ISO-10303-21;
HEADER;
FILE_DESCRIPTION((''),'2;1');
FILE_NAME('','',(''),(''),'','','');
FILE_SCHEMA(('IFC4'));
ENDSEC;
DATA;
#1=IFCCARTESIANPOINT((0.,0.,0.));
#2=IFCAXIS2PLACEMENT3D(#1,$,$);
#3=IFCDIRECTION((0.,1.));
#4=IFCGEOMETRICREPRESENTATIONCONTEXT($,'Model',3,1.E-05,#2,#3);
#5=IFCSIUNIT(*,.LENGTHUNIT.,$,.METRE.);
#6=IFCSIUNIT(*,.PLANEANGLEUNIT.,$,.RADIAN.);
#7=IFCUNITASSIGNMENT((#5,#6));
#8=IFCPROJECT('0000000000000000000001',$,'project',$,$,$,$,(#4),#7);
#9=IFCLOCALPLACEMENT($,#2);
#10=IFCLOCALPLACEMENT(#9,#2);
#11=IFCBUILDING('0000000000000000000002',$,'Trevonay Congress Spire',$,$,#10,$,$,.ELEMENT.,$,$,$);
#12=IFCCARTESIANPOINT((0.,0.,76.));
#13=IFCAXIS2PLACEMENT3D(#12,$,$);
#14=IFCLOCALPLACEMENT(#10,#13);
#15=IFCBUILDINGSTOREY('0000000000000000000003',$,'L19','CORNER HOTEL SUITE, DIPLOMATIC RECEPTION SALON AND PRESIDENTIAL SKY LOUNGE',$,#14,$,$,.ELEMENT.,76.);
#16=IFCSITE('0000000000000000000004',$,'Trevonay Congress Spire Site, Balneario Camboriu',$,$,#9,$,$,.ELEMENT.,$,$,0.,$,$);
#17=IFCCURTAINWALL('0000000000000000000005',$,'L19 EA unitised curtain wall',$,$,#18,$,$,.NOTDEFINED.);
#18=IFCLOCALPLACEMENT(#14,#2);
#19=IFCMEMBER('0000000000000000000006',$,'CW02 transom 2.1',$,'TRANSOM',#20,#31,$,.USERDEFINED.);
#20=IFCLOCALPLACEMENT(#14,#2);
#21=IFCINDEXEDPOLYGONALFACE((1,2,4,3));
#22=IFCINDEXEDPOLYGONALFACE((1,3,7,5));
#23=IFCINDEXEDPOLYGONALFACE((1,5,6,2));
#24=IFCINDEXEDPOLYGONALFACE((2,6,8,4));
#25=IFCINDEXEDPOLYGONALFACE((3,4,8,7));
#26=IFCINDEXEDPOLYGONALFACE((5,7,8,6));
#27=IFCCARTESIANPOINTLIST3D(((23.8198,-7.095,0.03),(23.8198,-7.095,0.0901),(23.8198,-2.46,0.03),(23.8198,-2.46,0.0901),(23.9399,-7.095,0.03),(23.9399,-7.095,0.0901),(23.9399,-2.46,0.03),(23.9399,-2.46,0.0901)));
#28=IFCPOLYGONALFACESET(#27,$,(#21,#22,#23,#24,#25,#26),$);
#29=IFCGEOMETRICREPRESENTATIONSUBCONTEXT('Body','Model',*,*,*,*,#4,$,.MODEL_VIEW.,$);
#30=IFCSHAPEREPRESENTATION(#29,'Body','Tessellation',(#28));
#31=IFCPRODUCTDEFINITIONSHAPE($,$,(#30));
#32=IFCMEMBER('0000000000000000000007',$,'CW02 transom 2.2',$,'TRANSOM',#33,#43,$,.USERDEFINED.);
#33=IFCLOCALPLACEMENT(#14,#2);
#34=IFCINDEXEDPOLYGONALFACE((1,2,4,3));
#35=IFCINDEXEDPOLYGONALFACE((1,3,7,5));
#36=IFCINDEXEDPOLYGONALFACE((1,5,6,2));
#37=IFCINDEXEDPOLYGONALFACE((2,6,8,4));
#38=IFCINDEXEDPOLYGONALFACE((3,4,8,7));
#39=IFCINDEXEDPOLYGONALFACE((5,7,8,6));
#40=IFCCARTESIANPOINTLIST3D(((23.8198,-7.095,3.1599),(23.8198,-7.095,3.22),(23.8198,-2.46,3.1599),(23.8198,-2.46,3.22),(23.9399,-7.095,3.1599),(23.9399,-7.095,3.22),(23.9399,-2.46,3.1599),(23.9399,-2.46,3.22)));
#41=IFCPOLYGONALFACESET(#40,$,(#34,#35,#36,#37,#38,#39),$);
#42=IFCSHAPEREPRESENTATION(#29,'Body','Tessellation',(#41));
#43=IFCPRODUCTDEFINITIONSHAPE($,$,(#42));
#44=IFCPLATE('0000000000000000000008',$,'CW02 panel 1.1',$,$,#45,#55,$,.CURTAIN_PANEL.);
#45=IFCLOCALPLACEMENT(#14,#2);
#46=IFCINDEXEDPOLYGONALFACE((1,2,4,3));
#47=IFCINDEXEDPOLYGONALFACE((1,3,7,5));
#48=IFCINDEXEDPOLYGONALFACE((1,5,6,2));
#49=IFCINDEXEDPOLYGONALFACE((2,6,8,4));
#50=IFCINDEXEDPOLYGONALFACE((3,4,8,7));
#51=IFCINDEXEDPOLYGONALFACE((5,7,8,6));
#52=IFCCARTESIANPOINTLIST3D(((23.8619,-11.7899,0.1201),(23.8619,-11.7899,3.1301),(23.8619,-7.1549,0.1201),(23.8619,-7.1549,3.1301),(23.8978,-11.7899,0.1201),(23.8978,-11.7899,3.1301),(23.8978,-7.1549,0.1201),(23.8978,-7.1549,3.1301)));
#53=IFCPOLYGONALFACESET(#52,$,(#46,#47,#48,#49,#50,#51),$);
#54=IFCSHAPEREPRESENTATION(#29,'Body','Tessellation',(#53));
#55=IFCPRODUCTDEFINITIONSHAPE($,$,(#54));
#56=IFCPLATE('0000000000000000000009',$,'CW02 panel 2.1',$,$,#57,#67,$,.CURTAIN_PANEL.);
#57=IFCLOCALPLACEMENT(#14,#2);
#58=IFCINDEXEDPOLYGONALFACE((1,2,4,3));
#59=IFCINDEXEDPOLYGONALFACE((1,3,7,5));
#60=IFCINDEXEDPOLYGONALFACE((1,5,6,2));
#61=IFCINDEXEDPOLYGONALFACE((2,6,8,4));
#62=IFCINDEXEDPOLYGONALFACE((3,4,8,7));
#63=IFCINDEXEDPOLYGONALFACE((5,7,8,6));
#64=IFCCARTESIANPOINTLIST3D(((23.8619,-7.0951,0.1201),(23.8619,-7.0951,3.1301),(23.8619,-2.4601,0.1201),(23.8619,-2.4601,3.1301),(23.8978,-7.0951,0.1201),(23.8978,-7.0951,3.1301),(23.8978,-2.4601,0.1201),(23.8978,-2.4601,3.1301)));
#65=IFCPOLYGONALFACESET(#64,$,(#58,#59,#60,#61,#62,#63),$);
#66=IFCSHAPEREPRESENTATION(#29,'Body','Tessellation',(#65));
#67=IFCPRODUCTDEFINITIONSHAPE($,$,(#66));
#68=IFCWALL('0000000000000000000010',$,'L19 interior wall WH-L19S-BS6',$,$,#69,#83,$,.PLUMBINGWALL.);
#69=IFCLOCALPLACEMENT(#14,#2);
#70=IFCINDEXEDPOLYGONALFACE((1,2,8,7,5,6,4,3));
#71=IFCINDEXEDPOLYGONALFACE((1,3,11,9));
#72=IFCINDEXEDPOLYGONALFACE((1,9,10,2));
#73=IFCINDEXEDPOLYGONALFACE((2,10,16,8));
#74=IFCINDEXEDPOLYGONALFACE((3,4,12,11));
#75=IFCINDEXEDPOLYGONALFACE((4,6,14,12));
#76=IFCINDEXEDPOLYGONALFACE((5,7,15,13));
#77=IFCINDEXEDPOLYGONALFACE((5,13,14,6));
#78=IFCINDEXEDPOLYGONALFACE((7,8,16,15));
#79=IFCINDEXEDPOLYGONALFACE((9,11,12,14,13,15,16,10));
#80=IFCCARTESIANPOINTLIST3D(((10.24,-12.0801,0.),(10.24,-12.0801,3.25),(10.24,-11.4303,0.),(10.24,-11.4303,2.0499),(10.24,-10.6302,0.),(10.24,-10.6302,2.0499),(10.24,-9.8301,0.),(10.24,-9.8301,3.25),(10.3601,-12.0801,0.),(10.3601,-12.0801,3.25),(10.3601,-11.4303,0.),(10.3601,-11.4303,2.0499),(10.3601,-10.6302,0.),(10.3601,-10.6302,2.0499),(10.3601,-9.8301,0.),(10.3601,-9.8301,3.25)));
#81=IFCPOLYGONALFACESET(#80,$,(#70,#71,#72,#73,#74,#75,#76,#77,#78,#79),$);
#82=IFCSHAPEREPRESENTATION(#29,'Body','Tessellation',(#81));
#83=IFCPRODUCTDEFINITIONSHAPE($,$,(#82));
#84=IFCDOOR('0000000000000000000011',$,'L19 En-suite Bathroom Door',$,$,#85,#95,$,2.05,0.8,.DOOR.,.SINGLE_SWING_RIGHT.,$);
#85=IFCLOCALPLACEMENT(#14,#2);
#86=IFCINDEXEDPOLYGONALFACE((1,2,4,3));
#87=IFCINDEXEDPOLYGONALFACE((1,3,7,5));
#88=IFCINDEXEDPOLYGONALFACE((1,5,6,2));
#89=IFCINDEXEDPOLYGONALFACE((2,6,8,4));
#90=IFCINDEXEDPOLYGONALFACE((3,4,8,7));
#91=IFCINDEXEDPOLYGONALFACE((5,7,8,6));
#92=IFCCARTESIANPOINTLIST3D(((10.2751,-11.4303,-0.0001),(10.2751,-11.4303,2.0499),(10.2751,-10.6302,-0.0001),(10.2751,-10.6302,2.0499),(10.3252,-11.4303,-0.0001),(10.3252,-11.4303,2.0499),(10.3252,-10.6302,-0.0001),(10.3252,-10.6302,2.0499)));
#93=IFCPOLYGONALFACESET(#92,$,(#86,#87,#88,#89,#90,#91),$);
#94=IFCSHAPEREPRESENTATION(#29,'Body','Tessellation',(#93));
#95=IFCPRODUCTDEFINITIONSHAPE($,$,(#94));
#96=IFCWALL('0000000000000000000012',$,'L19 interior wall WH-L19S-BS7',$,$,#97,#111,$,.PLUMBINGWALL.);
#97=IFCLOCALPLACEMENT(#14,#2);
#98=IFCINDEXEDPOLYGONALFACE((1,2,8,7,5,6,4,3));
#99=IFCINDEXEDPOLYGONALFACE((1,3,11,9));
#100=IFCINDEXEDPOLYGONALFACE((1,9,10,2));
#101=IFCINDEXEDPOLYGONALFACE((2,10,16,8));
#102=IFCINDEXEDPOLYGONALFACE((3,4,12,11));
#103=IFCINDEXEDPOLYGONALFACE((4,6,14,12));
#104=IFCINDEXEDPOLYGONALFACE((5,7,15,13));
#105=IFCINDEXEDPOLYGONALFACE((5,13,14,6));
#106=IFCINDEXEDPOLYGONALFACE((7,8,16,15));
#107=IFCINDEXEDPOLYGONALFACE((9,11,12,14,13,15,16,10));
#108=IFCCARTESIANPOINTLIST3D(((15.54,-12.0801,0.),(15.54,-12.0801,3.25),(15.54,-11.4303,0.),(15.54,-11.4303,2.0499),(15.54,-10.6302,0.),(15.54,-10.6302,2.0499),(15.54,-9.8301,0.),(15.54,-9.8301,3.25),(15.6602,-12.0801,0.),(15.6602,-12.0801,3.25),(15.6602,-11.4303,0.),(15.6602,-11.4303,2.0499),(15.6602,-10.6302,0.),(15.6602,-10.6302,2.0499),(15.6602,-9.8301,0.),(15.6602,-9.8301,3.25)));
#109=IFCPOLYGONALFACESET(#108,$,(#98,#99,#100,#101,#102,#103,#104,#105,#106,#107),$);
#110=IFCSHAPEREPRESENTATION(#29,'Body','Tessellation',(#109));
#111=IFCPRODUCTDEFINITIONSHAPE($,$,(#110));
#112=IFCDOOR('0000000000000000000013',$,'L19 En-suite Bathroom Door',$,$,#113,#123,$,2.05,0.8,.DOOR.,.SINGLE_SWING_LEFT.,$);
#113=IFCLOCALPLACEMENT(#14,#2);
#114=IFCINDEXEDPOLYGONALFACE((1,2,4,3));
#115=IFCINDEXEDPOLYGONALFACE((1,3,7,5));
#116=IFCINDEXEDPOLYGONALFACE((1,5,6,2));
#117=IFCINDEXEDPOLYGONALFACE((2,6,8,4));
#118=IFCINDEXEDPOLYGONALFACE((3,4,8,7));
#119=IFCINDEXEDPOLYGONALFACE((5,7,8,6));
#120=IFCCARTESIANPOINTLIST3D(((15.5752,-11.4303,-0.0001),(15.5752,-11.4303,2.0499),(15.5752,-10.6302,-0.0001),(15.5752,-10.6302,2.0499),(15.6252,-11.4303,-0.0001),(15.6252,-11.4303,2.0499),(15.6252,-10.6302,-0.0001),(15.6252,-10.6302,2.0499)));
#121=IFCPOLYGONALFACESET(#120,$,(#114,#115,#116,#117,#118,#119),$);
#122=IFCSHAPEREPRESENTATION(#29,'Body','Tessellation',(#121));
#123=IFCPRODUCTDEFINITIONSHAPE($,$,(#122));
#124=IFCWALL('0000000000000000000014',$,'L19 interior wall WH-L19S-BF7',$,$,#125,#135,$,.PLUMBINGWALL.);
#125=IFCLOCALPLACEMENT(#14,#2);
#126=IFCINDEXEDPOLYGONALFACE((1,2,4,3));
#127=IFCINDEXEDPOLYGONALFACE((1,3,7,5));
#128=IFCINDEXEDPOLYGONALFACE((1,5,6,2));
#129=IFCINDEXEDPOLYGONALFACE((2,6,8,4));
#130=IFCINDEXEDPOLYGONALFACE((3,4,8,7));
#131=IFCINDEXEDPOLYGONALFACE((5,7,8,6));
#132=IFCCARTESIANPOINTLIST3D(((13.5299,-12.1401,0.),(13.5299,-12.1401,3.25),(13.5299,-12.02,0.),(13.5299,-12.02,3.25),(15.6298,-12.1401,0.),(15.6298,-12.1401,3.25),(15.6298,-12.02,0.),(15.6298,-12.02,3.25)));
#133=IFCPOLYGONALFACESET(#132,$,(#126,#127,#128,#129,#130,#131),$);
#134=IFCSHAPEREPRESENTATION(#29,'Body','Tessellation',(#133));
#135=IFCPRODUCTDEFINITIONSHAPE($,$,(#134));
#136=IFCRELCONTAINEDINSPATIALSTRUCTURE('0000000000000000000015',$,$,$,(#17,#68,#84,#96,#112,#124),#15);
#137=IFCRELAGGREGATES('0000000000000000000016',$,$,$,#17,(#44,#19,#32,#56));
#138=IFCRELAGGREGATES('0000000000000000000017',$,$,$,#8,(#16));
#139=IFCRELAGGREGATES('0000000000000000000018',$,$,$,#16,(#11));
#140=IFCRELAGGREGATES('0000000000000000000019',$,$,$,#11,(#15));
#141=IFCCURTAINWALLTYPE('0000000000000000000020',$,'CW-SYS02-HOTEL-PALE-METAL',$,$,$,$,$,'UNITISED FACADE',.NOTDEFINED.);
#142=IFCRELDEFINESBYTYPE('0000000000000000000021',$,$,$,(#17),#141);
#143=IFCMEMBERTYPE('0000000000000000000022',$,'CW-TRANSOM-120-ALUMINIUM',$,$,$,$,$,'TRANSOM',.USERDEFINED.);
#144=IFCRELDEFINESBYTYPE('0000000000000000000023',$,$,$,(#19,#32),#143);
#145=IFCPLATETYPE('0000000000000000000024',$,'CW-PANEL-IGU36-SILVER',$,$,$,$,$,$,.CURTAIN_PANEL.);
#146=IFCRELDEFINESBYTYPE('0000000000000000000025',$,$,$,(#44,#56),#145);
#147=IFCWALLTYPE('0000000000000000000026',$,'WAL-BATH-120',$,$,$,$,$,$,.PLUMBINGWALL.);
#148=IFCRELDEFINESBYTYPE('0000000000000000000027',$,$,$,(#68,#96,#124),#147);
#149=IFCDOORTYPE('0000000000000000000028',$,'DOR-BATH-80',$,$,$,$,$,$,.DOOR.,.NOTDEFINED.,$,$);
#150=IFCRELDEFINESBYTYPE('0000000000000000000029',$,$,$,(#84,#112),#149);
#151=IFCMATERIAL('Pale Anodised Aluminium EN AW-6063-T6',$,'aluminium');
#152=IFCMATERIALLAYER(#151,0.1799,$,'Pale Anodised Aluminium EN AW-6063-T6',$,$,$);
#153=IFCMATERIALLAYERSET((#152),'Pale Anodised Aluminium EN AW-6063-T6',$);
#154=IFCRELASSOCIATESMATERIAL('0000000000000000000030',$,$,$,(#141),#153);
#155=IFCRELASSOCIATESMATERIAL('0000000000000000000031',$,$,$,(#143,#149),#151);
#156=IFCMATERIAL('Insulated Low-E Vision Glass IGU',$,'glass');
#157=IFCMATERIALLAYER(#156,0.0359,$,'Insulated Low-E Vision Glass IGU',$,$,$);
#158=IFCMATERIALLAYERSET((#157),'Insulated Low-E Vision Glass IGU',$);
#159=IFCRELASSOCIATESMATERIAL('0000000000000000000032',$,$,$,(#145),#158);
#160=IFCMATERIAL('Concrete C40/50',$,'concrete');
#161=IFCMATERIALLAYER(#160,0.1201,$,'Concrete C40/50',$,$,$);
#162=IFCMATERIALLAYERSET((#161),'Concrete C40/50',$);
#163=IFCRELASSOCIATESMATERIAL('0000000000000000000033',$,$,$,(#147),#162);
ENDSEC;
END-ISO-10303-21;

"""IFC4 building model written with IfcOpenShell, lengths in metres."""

from ifc_helpers import new_model, si_unit, direction, frame, frame_2d, origin, origin_2d, place, context, subcontext, project, spatial, rectangle, extrude, material, layer, layer_set, material_profile, profile_set, type_object, element, fill, aggregate, save


model = new_model("IFC4")

# Units and contexts
model_context = context("Model", 3, precision=1e-05, world=origin(), true_north=direction((0.0, 1.0)))
body_context = subcontext(model_context, "Body", "Model", "MODEL_VIEW")
ifc_project = project(units=[si_unit("LENGTHUNIT", "METRE"), si_unit("PLANEANGLEUNIT", "RADIAN")], contexts=[model_context])

# Site, building, storey
site_placement = place(None, origin())
site = spatial("IfcSite", under=ifc_project, at=site_placement, Name="Trevonay Congress Spire Site, Balneario Camboriu", CompositionType="ELEMENT", RefElevation=0.0)
building_placement = place(site_placement, origin())
building = spatial("IfcBuilding", under=site, at=building_placement, Name="Trevonay Congress Spire", CompositionType="ELEMENT")
storey_placement = place(building_placement, frame((0.0, 0.0, 76.0)))
storey = spatial("IfcBuildingStorey", under=building, at=storey_placement, Name="L19", Description="CORNER HOTEL SUITE, DIPLOMATIC RECEPTION SALON AND PRESIDENTIAL SKY LOUNGE", CompositionType="ELEMENT", Elevation=76.0)

# Curtain wall, members, plates
ifc_material_1 = material(Name="Pale Anodised Aluminium EN AW-6063-T6", Category="aluminium")
ifc_layer_1 = layer(ifc_material_1, 0.1799, Name="Pale Anodised Aluminium EN AW-6063-T6")
ifc_layer_set_1 = layer_set([ifc_layer_1], Name="Pale Anodised Aluminium EN AW-6063-T6")
curtain_wall_type = type_object("IfcCurtainWallType", Name="CW-SYS02-HOTEL-PALE-METAL", ElementType="UNITISED FACADE", PredefinedType="NOTDEFINED", material=ifc_layer_set_1)
curtain_wall_placement = place(storey_placement, origin())
curtain_wall = element("IfcCurtainWall", 1, at=curtain_wall_placement, inside=storey, type_object=curtain_wall_type, Name="L19 EA unitised curtain wall", PredefinedType="NOTDEFINED")
ifc_material_profile_1 = material_profile(ifc_material_1, rectangle(XDim=0.1201, YDim=0.0601, at=origin_2d()), Name="CW-TRANSOM-120-ALUMINIUM")
ifc_profile_set_1 = profile_set([ifc_material_profile_1], Name="Pale Anodised Aluminium EN AW-6063-T6")
member_type_1 = type_object("IfcMemberType", Name="CW-TRANSOM-120-ALUMINIUM", ElementType="TRANSOM", PredefinedType="USERDEFINED", material=ifc_profile_set_1)
member_1_placement = place(storey_placement, frame((23.8799, -7.095, 0.0601), z_axis=(0.0, 1.0, 0.0), x_axis=(-1.0, 0.0, 0.0)))
member_1 = element("IfcMember", 2, at=member_1_placement, type_object=member_type_1, Name="CW02 transom 2.1", ObjectType="TRANSOM", PredefinedType="USERDEFINED", context=body_context, shape_type="SweptSolid", body=[
    extrude(rectangle(XDim=0.1201, YDim=0.0601, at=origin_2d()), origin(), (0.0, 0.0, 1.0), 4.635),
])
member_2_placement = place(storey_placement, frame((23.8799, -7.095, 3.1899), z_axis=(0.0, 1.0, 0.0), x_axis=(-1.0, 0.0, 0.0)))
member_2 = element("IfcMember", 3, at=member_2_placement, type_object=member_type_1, Name="CW02 transom 2.2", ObjectType="TRANSOM", PredefinedType="USERDEFINED", context=body_context, shape_type="SweptSolid", body=[
    extrude(rectangle(XDim=0.1201, YDim=0.0601, at=origin_2d()), origin(), (0.0, 0.0, 1.0), 4.635),
])
ifc_material_2 = material(Name="Insulated Low-E Vision Glass IGU", Category="glass")
ifc_layer_2 = layer(ifc_material_2, 0.0359, Name="Insulated Low-E Vision Glass IGU")
ifc_layer_set_2 = layer_set([ifc_layer_2], Name="Insulated Low-E Vision Glass IGU")
plate_type = type_object("IfcPlateType", Name="CW-PANEL-IGU36-SILVER", PredefinedType="CURTAIN_PANEL", material=ifc_layer_set_2)
plate_1_placement = place(storey_placement, frame((23.8799, -9.4724, 0.1201), z_axis=(0.0, 0.0, 1.0), x_axis=(0.0, 1.0, 0.0)))
plate_1 = element("IfcPlate", 4, at=plate_1_placement, type_object=plate_type, Name="CW02 panel 1.1", PredefinedType="CURTAIN_PANEL", context=body_context, shape_type="SweptSolid", body=[
    extrude(rectangle(XDim=4.635, YDim=0.0359, at=origin_2d()), origin(), (0.0, 0.0, 1.0), 3.01),
])
plate_2_placement = place(storey_placement, frame((23.8799, -4.7776, 0.1201), z_axis=(0.0, 0.0, 1.0), x_axis=(0.0, 1.0, 0.0)))
plate_2 = element("IfcPlate", 5, at=plate_2_placement, type_object=plate_type, Name="CW02 panel 2.1", PredefinedType="CURTAIN_PANEL", context=body_context, shape_type="SweptSolid", body=[
    extrude(rectangle(XDim=4.635, YDim=0.0359, at=origin_2d()), origin(), (0.0, 0.0, 1.0), 3.01),
])
aggregate(curtain_wall, [plate_1, member_1, member_2, plate_2])

# Walls, openings, doors
ifc_material_3 = material(Name="Concrete C40/50", Category="concrete")
ifc_layer_3 = layer(ifc_material_3, 0.1201, Name="Concrete C40/50")
ifc_layer_set_3 = layer_set([ifc_layer_3], Name="Concrete C40/50")
wall_type_1 = type_object("IfcWallType", Name="WAL-BATH-120", PredefinedType="PLUMBINGWALL", material=ifc_layer_set_3)
wall_1_placement = place(storey_placement, frame((10.3, -12.0801, 0.0), z_axis=(0.0, 0.0, 1.0), x_axis=(0.0, 1.0, 0.0)))
wall_1 = element("IfcWall", 6, at=wall_1_placement, inside=storey, type_object=wall_type_1, Name="L19 interior wall WH-L19S-BS6", PredefinedType="PLUMBINGWALL", context=body_context, shape_type="SweptSolid", body=[
    extrude(rectangle(XDim=2.25, YDim=0.1201, at=frame_2d((1.125, 0.0))), origin(), (0.0, 0.0, 1.0), 3.25),
])
opening_1_placement = place(wall_1_placement, frame((0.6499, 0.0, 0.0)))
opening_1 = element("IfcOpeningElement", 7, at=opening_1_placement, cuts=wall_1, PredefinedType="OPENING", context=body_context, shape_type="SweptSolid", body=[
    extrude(rectangle(XDim=0.8, YDim=2.05, at=frame_2d((0.3999, 1.0249))), frame((0.0, 0.0701, 0.0), z_axis=(0.0, -1.0, 0.0), x_axis=(1.0, 0.0, 0.0)), (0.0, 0.0, 1.0), 0.1401),
])
door_type_1 = type_object("IfcDoorType", Name="DOR-BATH-80", OperationType="NOTDEFINED", PredefinedType="DOOR", material=ifc_material_1)
door_1_placement = place(opening_1_placement, origin())
door_1 = element("IfcDoor", 8, at=door_1_placement, inside=storey, type_object=door_type_1, Name="L19 En-suite Bathroom Door", OperationType="SINGLE_SWING_RIGHT", OverallHeight=2.05, OverallWidth=0.8, PredefinedType="DOOR", context=body_context, shape_type="SweptSolid", body=[
    extrude(rectangle(XDim=0.8, YDim=2.05, at=frame_2d((0.3999, 1.0249))), frame((0.0, 0.0249, 0.0), z_axis=(0.0, -1.0, 0.0), x_axis=(1.0, 0.0, 0.0)), (0.0, 0.0, 1.0), 0.05),
])
fill(opening_1, door_1)
wall_2_placement = place(storey_placement, frame((15.6001, -12.0801, 0.0), z_axis=(0.0, 0.0, 1.0), x_axis=(0.0, 1.0, 0.0)))
wall_2 = element("IfcWall", 9, at=wall_2_placement, inside=storey, type_object=wall_type_1, Name="L19 interior wall WH-L19S-BS7", PredefinedType="PLUMBINGWALL", context=body_context, shape_type="SweptSolid", body=[
    extrude(rectangle(XDim=2.25, YDim=0.1201, at=frame_2d((1.125, 0.0))), origin(), (0.0, 0.0, 1.0), 3.25),
])
opening_2_placement = place(wall_2_placement, frame((0.6499, 0.0, 0.0)))
opening_2 = element("IfcOpeningElement", 10, at=opening_2_placement, cuts=wall_2, PredefinedType="OPENING", context=body_context, shape_type="SweptSolid", body=[
    extrude(rectangle(XDim=0.8, YDim=2.05, at=frame_2d((0.3999, 1.0249))), frame((0.0, 0.0701, 0.0), z_axis=(0.0, -1.0, 0.0), x_axis=(1.0, 0.0, 0.0)), (0.0, 0.0, 1.0), 0.1401),
])
door_2_placement = place(opening_2_placement, origin())
door_2 = element("IfcDoor", 11, at=door_2_placement, inside=storey, type_object=door_type_1, Name="L19 En-suite Bathroom Door", OperationType="SINGLE_SWING_LEFT", OverallHeight=2.05, OverallWidth=0.8, PredefinedType="DOOR", context=body_context, shape_type="SweptSolid", body=[
    extrude(rectangle(XDim=0.8, YDim=2.05, at=frame_2d((0.3999, 1.0249))), frame((0.0, 0.0249, 0.0), z_axis=(0.0, -1.0, 0.0), x_axis=(1.0, 0.0, 0.0)), (0.0, 0.0, 1.0), 0.05),
])
fill(opening_2, door_2)

# Wall
wall_3_placement = place(storey_placement, frame((13.53, -12.0801, 0.0), z_axis=(0.0, 0.0, 1.0), x_axis=(1.0, 0.0, 0.0)))
element("IfcWall", 12, at=wall_3_placement, inside=storey, type_object=wall_type_1, Name="L19 interior wall WH-L19S-BF7", PredefinedType="PLUMBINGWALL", context=body_context, shape_type="SweptSolid", body=[
    extrude(rectangle(XDim=2.0999, YDim=0.1201, at=frame_2d((1.0498, 0.0))), origin(), (0.0, 0.0, 1.0), 3.25),
])

save(model, "model.ifc")
